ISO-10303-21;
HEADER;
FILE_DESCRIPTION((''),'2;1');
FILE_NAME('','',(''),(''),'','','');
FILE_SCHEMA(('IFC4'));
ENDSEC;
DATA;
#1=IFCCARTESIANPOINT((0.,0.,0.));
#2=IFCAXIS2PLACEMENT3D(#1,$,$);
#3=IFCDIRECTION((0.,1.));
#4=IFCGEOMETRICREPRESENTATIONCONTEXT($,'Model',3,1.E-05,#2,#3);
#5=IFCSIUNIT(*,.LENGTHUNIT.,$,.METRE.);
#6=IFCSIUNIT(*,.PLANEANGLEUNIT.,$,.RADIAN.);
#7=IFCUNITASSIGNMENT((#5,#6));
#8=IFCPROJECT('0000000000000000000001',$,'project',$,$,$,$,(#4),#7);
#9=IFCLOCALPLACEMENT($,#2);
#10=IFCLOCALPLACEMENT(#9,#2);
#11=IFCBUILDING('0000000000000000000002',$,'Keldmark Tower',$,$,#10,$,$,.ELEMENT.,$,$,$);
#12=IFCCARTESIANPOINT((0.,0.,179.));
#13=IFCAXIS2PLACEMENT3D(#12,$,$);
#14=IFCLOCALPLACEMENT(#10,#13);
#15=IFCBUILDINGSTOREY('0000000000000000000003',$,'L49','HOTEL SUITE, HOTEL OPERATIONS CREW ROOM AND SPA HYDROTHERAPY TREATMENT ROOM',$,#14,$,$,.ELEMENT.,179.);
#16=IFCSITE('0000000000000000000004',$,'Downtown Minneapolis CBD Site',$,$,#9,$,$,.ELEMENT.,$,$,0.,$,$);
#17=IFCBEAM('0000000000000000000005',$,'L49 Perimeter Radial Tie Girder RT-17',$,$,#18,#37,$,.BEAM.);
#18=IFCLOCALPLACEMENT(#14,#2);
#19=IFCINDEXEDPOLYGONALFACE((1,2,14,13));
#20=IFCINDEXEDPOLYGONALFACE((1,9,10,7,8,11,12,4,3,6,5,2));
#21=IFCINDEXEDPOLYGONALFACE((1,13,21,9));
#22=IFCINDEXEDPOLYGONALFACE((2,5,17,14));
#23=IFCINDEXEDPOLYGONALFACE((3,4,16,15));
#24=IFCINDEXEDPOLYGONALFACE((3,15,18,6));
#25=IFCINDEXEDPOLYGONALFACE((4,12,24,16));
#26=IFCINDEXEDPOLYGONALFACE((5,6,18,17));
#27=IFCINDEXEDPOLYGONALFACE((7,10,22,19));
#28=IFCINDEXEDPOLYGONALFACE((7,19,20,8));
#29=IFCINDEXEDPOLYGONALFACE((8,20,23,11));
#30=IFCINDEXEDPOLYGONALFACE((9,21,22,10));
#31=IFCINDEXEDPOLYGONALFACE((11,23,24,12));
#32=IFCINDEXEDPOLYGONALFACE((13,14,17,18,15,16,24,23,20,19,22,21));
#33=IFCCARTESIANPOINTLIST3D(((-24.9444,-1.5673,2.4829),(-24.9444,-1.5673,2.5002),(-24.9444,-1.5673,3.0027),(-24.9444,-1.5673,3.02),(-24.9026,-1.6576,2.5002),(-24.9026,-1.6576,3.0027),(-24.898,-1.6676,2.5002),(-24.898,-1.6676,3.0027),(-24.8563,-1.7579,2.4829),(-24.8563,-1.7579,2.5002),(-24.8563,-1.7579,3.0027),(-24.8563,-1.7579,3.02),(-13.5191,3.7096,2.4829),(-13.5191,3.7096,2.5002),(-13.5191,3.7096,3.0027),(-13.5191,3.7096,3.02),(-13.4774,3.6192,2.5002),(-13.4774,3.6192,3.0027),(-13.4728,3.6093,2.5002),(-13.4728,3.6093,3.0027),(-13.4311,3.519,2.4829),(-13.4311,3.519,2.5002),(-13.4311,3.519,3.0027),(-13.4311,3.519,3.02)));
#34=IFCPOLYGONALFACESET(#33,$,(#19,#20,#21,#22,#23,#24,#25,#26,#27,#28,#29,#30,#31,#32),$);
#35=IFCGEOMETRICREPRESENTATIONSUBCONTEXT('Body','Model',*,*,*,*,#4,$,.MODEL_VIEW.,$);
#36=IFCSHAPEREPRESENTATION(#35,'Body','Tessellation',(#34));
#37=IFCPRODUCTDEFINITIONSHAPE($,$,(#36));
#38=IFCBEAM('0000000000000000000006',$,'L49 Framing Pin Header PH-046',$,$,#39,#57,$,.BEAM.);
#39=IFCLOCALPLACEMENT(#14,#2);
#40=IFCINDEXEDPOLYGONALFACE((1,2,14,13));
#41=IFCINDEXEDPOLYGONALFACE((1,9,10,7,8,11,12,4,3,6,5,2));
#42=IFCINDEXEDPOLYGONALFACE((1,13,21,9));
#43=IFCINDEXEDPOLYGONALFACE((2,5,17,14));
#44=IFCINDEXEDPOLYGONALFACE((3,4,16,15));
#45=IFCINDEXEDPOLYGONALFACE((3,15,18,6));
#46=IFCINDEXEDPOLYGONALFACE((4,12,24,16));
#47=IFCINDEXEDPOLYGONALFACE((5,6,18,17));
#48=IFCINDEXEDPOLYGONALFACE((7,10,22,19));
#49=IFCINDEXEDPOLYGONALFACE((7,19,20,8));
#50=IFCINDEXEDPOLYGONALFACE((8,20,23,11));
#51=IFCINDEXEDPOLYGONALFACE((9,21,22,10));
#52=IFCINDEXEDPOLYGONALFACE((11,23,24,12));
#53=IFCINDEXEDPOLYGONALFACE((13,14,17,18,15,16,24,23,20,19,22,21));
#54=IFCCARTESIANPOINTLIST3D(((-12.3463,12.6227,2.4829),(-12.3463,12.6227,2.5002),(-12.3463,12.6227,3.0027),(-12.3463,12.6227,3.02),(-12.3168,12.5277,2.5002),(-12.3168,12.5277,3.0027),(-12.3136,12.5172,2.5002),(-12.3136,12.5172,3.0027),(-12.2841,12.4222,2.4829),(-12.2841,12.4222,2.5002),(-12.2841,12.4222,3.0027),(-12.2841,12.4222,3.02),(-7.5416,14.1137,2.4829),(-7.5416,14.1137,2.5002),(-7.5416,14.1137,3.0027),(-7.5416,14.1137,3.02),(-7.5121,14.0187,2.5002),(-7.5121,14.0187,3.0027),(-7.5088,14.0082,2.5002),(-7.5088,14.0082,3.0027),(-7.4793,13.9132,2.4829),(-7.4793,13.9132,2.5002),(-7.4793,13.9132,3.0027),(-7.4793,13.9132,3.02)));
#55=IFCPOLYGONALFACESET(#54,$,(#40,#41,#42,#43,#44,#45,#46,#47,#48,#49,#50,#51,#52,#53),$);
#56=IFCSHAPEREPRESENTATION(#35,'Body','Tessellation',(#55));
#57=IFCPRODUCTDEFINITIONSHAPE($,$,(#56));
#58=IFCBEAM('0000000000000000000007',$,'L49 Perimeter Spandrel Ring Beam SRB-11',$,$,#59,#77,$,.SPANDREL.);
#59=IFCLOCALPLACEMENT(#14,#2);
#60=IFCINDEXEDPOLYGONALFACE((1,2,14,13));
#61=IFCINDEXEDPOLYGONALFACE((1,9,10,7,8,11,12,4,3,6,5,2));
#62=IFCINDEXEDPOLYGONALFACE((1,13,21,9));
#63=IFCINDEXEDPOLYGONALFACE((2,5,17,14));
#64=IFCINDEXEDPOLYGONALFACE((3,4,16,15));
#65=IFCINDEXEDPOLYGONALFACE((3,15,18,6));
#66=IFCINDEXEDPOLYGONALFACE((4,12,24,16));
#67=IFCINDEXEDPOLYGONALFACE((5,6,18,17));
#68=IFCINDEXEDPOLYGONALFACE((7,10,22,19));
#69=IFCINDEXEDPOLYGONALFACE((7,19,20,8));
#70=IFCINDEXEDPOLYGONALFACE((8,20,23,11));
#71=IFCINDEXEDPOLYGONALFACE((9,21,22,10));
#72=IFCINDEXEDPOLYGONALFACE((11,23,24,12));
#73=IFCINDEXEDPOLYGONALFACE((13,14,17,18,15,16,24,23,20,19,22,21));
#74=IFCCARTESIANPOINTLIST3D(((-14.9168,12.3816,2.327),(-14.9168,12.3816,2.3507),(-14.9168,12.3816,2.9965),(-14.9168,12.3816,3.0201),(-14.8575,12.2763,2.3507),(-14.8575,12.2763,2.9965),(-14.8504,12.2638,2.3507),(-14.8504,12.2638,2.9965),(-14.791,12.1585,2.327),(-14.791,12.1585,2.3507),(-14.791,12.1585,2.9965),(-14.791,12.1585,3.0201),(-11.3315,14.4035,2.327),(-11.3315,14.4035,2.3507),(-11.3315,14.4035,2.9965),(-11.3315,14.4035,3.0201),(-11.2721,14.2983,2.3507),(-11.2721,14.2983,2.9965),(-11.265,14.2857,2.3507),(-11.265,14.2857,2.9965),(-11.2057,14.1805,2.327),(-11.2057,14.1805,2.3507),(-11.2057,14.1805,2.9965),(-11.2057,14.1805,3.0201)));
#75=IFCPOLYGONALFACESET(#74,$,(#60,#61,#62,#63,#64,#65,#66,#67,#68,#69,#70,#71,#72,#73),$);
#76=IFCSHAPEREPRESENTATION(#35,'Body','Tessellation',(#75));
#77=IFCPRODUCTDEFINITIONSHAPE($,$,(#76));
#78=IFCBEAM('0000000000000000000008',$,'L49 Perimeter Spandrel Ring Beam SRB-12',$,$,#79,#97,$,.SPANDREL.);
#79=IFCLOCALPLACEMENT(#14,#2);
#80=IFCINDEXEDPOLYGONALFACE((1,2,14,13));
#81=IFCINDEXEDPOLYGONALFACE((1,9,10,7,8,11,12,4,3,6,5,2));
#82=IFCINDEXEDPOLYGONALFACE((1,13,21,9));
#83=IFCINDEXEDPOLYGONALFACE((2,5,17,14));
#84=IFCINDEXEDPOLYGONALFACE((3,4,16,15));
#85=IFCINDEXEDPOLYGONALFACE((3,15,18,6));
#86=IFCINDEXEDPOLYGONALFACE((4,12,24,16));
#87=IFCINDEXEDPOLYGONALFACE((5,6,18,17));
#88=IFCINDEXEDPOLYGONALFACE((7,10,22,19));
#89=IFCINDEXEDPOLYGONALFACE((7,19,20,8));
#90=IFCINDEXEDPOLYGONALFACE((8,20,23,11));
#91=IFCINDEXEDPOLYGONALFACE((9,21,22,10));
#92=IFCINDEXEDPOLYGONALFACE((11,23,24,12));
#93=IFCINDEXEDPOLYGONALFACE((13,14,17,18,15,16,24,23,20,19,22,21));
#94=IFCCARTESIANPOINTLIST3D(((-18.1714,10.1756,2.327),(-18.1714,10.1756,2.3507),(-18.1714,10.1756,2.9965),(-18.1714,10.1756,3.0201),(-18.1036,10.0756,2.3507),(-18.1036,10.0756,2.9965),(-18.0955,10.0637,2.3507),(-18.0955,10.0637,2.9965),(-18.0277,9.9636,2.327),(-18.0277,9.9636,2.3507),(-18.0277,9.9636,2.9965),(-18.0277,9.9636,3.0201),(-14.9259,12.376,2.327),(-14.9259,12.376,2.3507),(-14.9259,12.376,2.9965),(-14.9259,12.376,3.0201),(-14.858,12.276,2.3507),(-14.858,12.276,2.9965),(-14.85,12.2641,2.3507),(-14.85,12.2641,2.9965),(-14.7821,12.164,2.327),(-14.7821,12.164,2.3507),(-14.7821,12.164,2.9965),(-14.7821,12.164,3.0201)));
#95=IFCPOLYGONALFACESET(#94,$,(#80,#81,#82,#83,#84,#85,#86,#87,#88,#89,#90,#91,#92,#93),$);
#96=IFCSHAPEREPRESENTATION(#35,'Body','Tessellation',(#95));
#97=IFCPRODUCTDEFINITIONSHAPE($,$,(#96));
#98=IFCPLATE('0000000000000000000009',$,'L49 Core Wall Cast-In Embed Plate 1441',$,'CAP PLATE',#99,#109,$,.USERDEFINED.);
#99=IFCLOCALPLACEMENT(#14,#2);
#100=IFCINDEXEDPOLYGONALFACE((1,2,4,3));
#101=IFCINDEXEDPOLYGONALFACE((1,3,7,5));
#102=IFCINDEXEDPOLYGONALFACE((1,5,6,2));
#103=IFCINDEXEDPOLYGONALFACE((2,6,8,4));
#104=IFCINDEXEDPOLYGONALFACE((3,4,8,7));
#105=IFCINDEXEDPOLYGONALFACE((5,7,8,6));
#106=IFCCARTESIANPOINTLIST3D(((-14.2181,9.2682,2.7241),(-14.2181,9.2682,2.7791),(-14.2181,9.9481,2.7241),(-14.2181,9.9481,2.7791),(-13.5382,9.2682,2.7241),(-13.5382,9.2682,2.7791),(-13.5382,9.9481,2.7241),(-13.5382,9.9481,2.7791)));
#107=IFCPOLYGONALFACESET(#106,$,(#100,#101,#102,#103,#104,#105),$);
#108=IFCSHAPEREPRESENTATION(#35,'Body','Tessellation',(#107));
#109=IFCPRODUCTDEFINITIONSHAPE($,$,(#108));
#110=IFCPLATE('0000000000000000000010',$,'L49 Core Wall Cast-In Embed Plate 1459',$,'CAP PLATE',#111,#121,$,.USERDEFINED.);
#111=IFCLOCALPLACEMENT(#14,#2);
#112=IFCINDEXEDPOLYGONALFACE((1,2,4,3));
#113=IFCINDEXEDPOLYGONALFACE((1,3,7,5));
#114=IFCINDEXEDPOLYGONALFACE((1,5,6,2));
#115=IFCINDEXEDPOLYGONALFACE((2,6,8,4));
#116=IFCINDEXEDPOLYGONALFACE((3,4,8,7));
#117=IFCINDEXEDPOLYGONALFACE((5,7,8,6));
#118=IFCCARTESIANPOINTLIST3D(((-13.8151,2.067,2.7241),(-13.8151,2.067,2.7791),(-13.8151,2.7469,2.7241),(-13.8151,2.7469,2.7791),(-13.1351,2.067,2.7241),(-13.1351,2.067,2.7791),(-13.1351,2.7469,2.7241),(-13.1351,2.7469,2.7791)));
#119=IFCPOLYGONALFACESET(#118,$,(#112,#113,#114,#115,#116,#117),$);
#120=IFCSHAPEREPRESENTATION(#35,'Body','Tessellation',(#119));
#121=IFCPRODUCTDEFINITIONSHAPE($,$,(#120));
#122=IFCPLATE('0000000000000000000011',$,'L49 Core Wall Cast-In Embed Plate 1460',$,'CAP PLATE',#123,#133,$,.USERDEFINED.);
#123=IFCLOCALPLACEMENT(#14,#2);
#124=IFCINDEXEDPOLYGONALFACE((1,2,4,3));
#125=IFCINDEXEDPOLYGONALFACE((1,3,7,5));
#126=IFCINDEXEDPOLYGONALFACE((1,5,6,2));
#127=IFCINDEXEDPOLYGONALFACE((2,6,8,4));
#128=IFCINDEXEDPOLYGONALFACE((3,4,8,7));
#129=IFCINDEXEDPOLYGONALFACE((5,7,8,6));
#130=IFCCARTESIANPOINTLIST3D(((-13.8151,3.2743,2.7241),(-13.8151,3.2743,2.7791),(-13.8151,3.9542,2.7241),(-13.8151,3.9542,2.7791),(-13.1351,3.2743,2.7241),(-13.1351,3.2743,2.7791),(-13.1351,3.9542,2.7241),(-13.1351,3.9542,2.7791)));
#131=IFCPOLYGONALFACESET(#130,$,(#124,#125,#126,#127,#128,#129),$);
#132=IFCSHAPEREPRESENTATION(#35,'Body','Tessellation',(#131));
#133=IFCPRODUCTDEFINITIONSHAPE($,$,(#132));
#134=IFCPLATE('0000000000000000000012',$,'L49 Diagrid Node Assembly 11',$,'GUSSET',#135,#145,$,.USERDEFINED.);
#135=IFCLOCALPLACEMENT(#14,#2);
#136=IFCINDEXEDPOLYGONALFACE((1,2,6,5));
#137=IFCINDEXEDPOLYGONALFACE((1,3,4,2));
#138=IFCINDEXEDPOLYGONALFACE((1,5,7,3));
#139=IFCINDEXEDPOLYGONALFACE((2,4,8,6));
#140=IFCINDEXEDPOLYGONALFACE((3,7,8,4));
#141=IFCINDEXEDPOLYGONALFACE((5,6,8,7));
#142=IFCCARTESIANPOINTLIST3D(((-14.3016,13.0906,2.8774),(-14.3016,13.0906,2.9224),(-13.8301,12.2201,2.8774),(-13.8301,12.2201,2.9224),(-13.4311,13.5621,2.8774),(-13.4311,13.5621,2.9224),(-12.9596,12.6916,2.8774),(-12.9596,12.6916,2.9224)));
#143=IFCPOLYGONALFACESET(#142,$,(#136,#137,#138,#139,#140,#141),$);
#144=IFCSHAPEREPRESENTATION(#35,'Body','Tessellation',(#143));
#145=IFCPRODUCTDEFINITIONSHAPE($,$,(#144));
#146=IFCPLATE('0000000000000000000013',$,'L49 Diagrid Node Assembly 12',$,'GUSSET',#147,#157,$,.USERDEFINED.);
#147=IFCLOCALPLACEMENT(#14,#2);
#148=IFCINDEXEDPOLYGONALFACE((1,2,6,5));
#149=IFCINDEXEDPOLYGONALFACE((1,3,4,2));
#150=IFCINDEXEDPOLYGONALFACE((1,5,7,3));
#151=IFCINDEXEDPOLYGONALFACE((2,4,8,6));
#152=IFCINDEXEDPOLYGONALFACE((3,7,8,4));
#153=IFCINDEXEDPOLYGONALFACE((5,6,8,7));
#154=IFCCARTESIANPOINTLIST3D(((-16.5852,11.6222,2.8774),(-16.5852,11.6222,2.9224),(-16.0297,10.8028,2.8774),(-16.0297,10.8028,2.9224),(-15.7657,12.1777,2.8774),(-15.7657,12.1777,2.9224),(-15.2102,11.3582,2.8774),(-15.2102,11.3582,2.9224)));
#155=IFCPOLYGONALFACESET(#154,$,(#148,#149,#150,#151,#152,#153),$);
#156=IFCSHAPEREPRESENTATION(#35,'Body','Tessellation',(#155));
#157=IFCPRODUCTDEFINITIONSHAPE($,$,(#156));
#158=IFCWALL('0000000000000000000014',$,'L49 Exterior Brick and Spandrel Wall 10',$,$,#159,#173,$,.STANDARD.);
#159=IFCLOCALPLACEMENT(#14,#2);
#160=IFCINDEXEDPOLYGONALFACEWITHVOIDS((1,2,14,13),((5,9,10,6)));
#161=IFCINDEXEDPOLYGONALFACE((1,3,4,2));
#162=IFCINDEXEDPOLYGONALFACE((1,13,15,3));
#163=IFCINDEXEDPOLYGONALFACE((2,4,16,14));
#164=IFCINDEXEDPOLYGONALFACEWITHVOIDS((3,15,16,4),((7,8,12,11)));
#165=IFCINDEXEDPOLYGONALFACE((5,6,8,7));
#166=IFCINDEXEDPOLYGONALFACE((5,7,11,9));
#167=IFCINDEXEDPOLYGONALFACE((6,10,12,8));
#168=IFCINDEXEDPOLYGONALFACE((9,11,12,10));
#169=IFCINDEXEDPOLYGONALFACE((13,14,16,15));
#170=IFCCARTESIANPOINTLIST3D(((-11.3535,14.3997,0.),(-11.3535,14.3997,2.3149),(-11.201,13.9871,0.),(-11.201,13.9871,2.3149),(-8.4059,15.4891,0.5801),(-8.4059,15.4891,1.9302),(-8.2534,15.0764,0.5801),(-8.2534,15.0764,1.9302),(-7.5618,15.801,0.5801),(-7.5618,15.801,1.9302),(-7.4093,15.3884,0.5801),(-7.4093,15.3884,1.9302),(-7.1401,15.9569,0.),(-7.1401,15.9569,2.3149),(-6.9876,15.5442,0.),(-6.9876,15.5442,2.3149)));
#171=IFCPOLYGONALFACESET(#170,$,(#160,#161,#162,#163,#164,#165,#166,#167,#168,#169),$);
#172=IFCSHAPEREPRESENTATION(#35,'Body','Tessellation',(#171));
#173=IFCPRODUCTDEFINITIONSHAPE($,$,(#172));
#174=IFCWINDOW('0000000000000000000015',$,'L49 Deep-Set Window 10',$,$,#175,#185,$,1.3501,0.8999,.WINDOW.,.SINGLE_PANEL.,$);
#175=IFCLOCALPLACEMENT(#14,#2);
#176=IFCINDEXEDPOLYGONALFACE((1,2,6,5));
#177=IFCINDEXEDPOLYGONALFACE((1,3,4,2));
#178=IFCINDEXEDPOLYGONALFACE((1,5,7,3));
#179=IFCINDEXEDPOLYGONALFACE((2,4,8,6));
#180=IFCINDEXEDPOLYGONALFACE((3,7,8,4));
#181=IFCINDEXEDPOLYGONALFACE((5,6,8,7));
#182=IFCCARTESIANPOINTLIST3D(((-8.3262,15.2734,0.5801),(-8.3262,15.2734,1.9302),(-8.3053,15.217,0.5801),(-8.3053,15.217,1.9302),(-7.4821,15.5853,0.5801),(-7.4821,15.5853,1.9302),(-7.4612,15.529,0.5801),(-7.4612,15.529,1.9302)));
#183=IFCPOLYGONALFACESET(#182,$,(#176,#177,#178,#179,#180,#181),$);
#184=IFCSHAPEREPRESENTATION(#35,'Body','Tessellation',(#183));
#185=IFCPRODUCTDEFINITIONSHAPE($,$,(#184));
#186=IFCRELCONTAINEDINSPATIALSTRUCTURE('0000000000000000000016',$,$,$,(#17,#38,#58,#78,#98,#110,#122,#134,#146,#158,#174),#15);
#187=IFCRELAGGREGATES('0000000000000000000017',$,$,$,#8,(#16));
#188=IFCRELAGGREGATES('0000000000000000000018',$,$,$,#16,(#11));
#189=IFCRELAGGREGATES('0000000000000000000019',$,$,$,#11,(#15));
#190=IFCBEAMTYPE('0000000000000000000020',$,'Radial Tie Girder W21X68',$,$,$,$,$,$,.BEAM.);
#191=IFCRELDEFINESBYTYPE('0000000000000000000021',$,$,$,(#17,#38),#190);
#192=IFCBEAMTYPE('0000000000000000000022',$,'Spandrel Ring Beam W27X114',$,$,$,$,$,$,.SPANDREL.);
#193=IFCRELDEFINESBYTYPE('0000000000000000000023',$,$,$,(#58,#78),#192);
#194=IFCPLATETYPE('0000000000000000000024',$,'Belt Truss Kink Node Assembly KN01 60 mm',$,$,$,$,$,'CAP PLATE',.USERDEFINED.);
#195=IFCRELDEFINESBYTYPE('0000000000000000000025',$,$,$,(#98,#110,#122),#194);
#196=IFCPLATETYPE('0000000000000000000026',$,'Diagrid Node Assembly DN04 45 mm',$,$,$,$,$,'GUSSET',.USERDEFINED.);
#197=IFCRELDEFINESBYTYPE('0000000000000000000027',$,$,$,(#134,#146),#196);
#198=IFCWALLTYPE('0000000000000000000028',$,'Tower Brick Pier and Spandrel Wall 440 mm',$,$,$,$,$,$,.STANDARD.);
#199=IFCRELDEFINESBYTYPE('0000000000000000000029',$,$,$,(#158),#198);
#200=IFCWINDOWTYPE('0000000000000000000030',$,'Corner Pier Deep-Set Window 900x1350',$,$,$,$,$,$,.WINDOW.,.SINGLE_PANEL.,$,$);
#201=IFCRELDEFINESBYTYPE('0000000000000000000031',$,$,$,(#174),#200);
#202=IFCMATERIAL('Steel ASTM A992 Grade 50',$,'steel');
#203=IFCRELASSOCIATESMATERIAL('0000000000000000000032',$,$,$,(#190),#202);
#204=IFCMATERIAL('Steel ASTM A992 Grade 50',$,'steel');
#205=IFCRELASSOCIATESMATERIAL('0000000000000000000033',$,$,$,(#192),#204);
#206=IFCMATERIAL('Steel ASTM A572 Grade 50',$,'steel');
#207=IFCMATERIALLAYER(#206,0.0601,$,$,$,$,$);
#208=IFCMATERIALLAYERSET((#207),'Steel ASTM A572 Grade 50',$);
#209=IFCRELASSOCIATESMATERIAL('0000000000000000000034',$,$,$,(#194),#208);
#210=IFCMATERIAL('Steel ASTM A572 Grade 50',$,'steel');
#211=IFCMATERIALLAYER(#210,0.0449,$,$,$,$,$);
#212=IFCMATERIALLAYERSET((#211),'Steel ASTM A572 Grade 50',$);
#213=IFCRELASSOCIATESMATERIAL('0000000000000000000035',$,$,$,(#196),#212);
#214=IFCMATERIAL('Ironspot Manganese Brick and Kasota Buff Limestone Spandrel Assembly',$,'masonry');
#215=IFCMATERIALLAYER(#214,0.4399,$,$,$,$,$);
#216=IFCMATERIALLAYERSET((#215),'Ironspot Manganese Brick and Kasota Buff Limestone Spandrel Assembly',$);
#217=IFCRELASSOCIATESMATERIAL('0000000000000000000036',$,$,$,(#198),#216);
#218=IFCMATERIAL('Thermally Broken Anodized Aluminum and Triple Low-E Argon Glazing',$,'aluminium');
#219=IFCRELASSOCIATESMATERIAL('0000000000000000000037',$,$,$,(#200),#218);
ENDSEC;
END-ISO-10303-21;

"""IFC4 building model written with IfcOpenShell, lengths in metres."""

from ifc_helpers import new_model, si_unit, direction, frame, frame_2d, origin, origin_2d, place, context, subcontext, project, spatial, rectangle, i_section, extrude, material, layer, layer_set, material_profile, profile_set, type_object, element, fill, save


model = new_model("IFC4")

# Units and contexts
model_context = context("Model", 3, precision=1e-05, world=origin(), true_north=direction((0.0, 1.0)))
body_context = subcontext(model_context, "Body", "Model", "MODEL_VIEW")
ifc_project = project(units=[si_unit("LENGTHUNIT", "METRE"), si_unit("PLANEANGLEUNIT", "RADIAN")], contexts=[model_context])

# Site, building, storey
site_placement = place(None, origin())
site = spatial("IfcSite", under=ifc_project, at=site_placement, Name="Downtown Minneapolis CBD Site", CompositionType="ELEMENT", RefElevation=0.0)
building_placement = place(site_placement, origin())
building = spatial("IfcBuilding", under=site, at=building_placement, Name="Keldmark Tower", CompositionType="ELEMENT")
storey_placement = place(building_placement, frame((0.0, 0.0, 179.0)))
storey = spatial("IfcBuildingStorey", under=building, at=storey_placement, Name="L49", Description="HOTEL SUITE, HOTEL OPERATIONS CREW ROOM AND SPA HYDROTHERAPY TREATMENT ROOM", CompositionType="ELEMENT", Elevation=179.0)

# Beams
ifc_material_1 = material(Name="Steel ASTM A992 Grade 50", Category="steel")
ifc_material_profile_1 = material_profile(ifc_material_1, i_section(OverallWidth=0.21, OverallDepth=0.5371, WebThickness=0.011, FlangeThickness=0.0173, at=origin_2d()), Name="W21X68")
ifc_profile_set_1 = profile_set([ifc_material_profile_1], Name="Steel ASTM A992 Grade 50")
beam_type_1 = type_object("IfcBeamType", Name="Radial Tie Girder W21X68", PredefinedType="BEAM", material=ifc_profile_set_1)
beam_1_placement = place(storey_placement, frame((-13.4751, 3.6143, 2.7515), z_axis=(-0.907849, -0.419297, 0.0), x_axis=(0.419297, -0.907849, 0.0)))
element("IfcBeam", 1, at=beam_1_placement, inside=storey, type_object=beam_type_1, Name="L49 Perimeter Radial Tie Girder RT-17", PredefinedType="BEAM", context=body_context, shape_type="SweptSolid", body=[
    extrude(i_section(OverallWidth=0.21, OverallDepth=0.5371, WebThickness=0.011, FlangeThickness=0.0173, at=origin_2d()), origin(), (0.0, 0.0, 1.0), 12.585),
])
beam_2_placement = place(storey_placement, frame((-12.3152, 12.5225, 2.7515), z_axis=(0.955072, 0.296373, 0.0), x_axis=(-0.296373, 0.955072, 0.0)))
element("IfcBeam", 2, at=beam_2_placement, inside=storey, type_object=beam_type_1, Name="L49 Framing Pin Header PH-046", PredefinedType="BEAM", context=body_context, shape_type="SweptSolid", body=[
    extrude(i_section(OverallWidth=0.21, OverallDepth=0.5371, WebThickness=0.011, FlangeThickness=0.0173, at=origin_2d()), origin(), (0.0, 0.0, 1.0), 5.0308),
])
ifc_material_2 = material(Name="Steel ASTM A992 Grade 50", Category="steel")
ifc_material_profile_2 = material_profile(ifc_material_2, i_section(OverallWidth=0.2561, OverallDepth=0.6931, WebThickness=0.0144, FlangeThickness=0.0237, at=origin_2d()), Name="W27X114")
ifc_profile_set_2 = profile_set([ifc_material_profile_2], Name="Steel ASTM A992 Grade 50")
beam_type_2 = type_object("IfcBeamType", Name="Spandrel Ring Beam W27X114", PredefinedType="SPANDREL", material=ifc_profile_set_2)
beam_3_placement = place(storey_placement, frame((-11.2686, 14.292, 2.6736), z_axis=(-0.87104, -0.491213, 0.0), x_axis=(0.491213, -0.87104, 0.0)))
element("IfcBeam", 3, at=beam_3_placement, inside=storey, type_object=beam_type_2, Name="L49 Perimeter Spandrel Ring Beam SRB-11", PredefinedType="SPANDREL", context=body_context, shape_type="SweptSolid", body=[
    extrude(i_section(OverallWidth=0.2561, OverallDepth=0.6931, WebThickness=0.0144, FlangeThickness=0.0237, at=origin_2d()), origin(), (0.0, 0.0, 1.0), 4.1162),
])
beam_4_placement = place(storey_placement, frame((-14.854, 12.27, 2.6736), z_axis=(-0.827705, -0.561163, 0.0), x_axis=(0.561163, -0.827705, 0.0)))
element("IfcBeam", 4, at=beam_4_placement, inside=storey, type_object=beam_type_2, Name="L49 Perimeter Spandrel Ring Beam SRB-12", PredefinedType="SPANDREL", context=body_context, shape_type="SweptSolid", body=[
    extrude(i_section(OverallWidth=0.2561, OverallDepth=0.6931, WebThickness=0.0144, FlangeThickness=0.0237, at=origin_2d()), origin(), (0.0, 0.0, 1.0), 3.9211),
])

# Plates
ifc_material_3 = material(Name="Steel ASTM A572 Grade 50", Category="steel")
ifc_layer_1 = layer(ifc_material_3, 0.0601)
ifc_layer_set_1 = layer_set([ifc_layer_1], Name="Steel ASTM A572 Grade 50")
plate_type_1 = type_object("IfcPlateType", Name="Belt Truss Kink Node Assembly KN01 60 mm", ElementType="CAP PLATE", PredefinedType="USERDEFINED", material=ifc_layer_set_1)
for number, where, z_axis, x_axis, name in (
    (5, (-13.8782, 9.6082, 2.7241), (0.0, 0.0, 1.0), (1.0, 0.0, 0.0), "L49 Core Wall Cast-In Embed Plate 1441"),
    (6, (-13.4751, 2.407, 2.7241), (0.0, 0.0, 1.0), (1.0, 0.0, 0.0), "L49 Core Wall Cast-In Embed Plate 1459"),
    (7, (-13.4751, 3.6143, 2.7241), (0.0, 0.0, 1.0), (1.0, 0.0, 0.0), "L49 Core Wall Cast-In Embed Plate 1460"),
):
    element("IfcPlate", number, at=place(storey_placement, frame(where, z_axis=z_axis, x_axis=x_axis)), inside=storey, type_object=plate_type_1, Name=name, ObjectType="CAP PLATE", PredefinedType="USERDEFINED", context=body_context, shape_type="SweptSolid", body=[
        extrude(rectangle(XDim=0.6799, YDim=0.6799, at=origin_2d()), origin(), (0.0, 0.0, 1.0), 0.0549),
    ])
ifc_material_4 = material(Name="Steel ASTM A572 Grade 50", Category="steel")
ifc_layer_2 = layer(ifc_material_4, 0.0449)
ifc_layer_set_2 = layer_set([ifc_layer_2], Name="Steel ASTM A572 Grade 50")
plate_type_2 = type_object("IfcPlateType", Name="Diagrid Node Assembly DN04 45 mm", ElementType="GUSSET", PredefinedType="USERDEFINED", material=ifc_layer_set_2)
for number, where, z_axis, x_axis, name in (
    (8, (-13.6306, 12.8911, 2.8774), (0.0, 0.0, 1.0), (-0.879316, -0.476238, 0.0), "L49 Diagrid Node Assembly 11"),
    (9, (-15.8977, 11.4902, 2.8774), (0.0, 0.0, 1.0), (-0.827767, -0.561072, 0.0), "L49 Diagrid Node Assembly 12"),
):
    element("IfcPlate", number, at=place(storey_placement, frame(where, z_axis=z_axis, x_axis=x_axis)), inside=storey, type_object=plate_type_2, Name=name, ObjectType="GUSSET", PredefinedType="USERDEFINED", context=body_context, shape_type="SweptSolid", body=[
        extrude(rectangle(XDim=0.99, YDim=0.99, at=origin_2d()), origin(), (0.0, 0.0, 1.0), 0.0449),
    ])

# Wall, opening, window
ifc_material_5 = material(Name="Ironspot Manganese Brick and Kasota Buff Limestone Spandrel Assembly", Category="masonry")
ifc_layer_3 = layer(ifc_material_5, 0.4399)
ifc_layer_set_3 = layer_set([ifc_layer_3], Name="Ironspot Manganese Brick and Kasota Buff Limestone Spandrel Assembly")
wall_type_1 = type_object("IfcWallType", Name="Tower Brick Pier and Spandrel Wall 440 mm", PredefinedType="STANDARD", material=ifc_layer_set_3)
wall_1_placement = place(storey_placement, frame((-11.2773, 14.1934, 0.0), z_axis=(0.0, 0.0, 1.0), x_axis=(0.937994, 0.346652, 0.0)))
wall_1 = element("IfcWall", 10, at=wall_1_placement, inside=storey, type_object=wall_type_1, Name="L49 Exterior Brick and Spandrel Wall 10", PredefinedType="STANDARD", context=body_context, shape_type="SweptSolid", body=[
    extrude(rectangle(XDim=4.4919, YDim=0.4399, at=frame_2d((2.2461, 0.0))), origin(), (0.0, 0.0, 1.0), 2.3149),
])
opening_1_placement = place(wall_1_placement, frame((3.1426, 0.0, 0.5801)))
opening_1 = element("IfcOpeningElement", 11, at=opening_1_placement, cuts=wall_1, PredefinedType="OPENING", context=body_context, shape_type="SweptSolid", body=[
    extrude(rectangle(XDim=0.8999, YDim=1.3501, at=frame_2d((0.45, 0.675))), frame((0.0, 0.23, 0.0), z_axis=(0.0, -1.0, 0.0), x_axis=(1.0, 0.0, 0.0)), (0.0, 0.0, 1.0), 0.46),
])
ifc_material_6 = material(Name="Thermally Broken Anodized Aluminum and Triple Low-E Argon Glazing", Category="aluminium")
window_type = type_object("IfcWindowType", Name="Corner Pier Deep-Set Window 900x1350", PartitioningType="SINGLE_PANEL", PredefinedType="WINDOW", material=ifc_material_6)
window_1_placement = place(opening_1_placement, origin())
window_1 = element("IfcWindow", 12, at=window_1_placement, inside=storey, type_object=window_type, Name="L49 Deep-Set Window 10", OverallHeight=1.3501, OverallWidth=0.8999, PartitioningType="SINGLE_PANEL", PredefinedType="WINDOW", context=body_context, shape_type="SweptSolid", body=[
    extrude(rectangle(XDim=0.8999, YDim=1.3501, at=frame_2d((0.45, 0.675))), frame((0.0, -0.01, 0.0), z_axis=(0.0, -1.0, 0.0), x_axis=(1.0, 0.0, 0.0)), (0.0, 0.0, 1.0), 0.0601),
])
fill(opening_1, window_1)

save(model, "model.ifc")
